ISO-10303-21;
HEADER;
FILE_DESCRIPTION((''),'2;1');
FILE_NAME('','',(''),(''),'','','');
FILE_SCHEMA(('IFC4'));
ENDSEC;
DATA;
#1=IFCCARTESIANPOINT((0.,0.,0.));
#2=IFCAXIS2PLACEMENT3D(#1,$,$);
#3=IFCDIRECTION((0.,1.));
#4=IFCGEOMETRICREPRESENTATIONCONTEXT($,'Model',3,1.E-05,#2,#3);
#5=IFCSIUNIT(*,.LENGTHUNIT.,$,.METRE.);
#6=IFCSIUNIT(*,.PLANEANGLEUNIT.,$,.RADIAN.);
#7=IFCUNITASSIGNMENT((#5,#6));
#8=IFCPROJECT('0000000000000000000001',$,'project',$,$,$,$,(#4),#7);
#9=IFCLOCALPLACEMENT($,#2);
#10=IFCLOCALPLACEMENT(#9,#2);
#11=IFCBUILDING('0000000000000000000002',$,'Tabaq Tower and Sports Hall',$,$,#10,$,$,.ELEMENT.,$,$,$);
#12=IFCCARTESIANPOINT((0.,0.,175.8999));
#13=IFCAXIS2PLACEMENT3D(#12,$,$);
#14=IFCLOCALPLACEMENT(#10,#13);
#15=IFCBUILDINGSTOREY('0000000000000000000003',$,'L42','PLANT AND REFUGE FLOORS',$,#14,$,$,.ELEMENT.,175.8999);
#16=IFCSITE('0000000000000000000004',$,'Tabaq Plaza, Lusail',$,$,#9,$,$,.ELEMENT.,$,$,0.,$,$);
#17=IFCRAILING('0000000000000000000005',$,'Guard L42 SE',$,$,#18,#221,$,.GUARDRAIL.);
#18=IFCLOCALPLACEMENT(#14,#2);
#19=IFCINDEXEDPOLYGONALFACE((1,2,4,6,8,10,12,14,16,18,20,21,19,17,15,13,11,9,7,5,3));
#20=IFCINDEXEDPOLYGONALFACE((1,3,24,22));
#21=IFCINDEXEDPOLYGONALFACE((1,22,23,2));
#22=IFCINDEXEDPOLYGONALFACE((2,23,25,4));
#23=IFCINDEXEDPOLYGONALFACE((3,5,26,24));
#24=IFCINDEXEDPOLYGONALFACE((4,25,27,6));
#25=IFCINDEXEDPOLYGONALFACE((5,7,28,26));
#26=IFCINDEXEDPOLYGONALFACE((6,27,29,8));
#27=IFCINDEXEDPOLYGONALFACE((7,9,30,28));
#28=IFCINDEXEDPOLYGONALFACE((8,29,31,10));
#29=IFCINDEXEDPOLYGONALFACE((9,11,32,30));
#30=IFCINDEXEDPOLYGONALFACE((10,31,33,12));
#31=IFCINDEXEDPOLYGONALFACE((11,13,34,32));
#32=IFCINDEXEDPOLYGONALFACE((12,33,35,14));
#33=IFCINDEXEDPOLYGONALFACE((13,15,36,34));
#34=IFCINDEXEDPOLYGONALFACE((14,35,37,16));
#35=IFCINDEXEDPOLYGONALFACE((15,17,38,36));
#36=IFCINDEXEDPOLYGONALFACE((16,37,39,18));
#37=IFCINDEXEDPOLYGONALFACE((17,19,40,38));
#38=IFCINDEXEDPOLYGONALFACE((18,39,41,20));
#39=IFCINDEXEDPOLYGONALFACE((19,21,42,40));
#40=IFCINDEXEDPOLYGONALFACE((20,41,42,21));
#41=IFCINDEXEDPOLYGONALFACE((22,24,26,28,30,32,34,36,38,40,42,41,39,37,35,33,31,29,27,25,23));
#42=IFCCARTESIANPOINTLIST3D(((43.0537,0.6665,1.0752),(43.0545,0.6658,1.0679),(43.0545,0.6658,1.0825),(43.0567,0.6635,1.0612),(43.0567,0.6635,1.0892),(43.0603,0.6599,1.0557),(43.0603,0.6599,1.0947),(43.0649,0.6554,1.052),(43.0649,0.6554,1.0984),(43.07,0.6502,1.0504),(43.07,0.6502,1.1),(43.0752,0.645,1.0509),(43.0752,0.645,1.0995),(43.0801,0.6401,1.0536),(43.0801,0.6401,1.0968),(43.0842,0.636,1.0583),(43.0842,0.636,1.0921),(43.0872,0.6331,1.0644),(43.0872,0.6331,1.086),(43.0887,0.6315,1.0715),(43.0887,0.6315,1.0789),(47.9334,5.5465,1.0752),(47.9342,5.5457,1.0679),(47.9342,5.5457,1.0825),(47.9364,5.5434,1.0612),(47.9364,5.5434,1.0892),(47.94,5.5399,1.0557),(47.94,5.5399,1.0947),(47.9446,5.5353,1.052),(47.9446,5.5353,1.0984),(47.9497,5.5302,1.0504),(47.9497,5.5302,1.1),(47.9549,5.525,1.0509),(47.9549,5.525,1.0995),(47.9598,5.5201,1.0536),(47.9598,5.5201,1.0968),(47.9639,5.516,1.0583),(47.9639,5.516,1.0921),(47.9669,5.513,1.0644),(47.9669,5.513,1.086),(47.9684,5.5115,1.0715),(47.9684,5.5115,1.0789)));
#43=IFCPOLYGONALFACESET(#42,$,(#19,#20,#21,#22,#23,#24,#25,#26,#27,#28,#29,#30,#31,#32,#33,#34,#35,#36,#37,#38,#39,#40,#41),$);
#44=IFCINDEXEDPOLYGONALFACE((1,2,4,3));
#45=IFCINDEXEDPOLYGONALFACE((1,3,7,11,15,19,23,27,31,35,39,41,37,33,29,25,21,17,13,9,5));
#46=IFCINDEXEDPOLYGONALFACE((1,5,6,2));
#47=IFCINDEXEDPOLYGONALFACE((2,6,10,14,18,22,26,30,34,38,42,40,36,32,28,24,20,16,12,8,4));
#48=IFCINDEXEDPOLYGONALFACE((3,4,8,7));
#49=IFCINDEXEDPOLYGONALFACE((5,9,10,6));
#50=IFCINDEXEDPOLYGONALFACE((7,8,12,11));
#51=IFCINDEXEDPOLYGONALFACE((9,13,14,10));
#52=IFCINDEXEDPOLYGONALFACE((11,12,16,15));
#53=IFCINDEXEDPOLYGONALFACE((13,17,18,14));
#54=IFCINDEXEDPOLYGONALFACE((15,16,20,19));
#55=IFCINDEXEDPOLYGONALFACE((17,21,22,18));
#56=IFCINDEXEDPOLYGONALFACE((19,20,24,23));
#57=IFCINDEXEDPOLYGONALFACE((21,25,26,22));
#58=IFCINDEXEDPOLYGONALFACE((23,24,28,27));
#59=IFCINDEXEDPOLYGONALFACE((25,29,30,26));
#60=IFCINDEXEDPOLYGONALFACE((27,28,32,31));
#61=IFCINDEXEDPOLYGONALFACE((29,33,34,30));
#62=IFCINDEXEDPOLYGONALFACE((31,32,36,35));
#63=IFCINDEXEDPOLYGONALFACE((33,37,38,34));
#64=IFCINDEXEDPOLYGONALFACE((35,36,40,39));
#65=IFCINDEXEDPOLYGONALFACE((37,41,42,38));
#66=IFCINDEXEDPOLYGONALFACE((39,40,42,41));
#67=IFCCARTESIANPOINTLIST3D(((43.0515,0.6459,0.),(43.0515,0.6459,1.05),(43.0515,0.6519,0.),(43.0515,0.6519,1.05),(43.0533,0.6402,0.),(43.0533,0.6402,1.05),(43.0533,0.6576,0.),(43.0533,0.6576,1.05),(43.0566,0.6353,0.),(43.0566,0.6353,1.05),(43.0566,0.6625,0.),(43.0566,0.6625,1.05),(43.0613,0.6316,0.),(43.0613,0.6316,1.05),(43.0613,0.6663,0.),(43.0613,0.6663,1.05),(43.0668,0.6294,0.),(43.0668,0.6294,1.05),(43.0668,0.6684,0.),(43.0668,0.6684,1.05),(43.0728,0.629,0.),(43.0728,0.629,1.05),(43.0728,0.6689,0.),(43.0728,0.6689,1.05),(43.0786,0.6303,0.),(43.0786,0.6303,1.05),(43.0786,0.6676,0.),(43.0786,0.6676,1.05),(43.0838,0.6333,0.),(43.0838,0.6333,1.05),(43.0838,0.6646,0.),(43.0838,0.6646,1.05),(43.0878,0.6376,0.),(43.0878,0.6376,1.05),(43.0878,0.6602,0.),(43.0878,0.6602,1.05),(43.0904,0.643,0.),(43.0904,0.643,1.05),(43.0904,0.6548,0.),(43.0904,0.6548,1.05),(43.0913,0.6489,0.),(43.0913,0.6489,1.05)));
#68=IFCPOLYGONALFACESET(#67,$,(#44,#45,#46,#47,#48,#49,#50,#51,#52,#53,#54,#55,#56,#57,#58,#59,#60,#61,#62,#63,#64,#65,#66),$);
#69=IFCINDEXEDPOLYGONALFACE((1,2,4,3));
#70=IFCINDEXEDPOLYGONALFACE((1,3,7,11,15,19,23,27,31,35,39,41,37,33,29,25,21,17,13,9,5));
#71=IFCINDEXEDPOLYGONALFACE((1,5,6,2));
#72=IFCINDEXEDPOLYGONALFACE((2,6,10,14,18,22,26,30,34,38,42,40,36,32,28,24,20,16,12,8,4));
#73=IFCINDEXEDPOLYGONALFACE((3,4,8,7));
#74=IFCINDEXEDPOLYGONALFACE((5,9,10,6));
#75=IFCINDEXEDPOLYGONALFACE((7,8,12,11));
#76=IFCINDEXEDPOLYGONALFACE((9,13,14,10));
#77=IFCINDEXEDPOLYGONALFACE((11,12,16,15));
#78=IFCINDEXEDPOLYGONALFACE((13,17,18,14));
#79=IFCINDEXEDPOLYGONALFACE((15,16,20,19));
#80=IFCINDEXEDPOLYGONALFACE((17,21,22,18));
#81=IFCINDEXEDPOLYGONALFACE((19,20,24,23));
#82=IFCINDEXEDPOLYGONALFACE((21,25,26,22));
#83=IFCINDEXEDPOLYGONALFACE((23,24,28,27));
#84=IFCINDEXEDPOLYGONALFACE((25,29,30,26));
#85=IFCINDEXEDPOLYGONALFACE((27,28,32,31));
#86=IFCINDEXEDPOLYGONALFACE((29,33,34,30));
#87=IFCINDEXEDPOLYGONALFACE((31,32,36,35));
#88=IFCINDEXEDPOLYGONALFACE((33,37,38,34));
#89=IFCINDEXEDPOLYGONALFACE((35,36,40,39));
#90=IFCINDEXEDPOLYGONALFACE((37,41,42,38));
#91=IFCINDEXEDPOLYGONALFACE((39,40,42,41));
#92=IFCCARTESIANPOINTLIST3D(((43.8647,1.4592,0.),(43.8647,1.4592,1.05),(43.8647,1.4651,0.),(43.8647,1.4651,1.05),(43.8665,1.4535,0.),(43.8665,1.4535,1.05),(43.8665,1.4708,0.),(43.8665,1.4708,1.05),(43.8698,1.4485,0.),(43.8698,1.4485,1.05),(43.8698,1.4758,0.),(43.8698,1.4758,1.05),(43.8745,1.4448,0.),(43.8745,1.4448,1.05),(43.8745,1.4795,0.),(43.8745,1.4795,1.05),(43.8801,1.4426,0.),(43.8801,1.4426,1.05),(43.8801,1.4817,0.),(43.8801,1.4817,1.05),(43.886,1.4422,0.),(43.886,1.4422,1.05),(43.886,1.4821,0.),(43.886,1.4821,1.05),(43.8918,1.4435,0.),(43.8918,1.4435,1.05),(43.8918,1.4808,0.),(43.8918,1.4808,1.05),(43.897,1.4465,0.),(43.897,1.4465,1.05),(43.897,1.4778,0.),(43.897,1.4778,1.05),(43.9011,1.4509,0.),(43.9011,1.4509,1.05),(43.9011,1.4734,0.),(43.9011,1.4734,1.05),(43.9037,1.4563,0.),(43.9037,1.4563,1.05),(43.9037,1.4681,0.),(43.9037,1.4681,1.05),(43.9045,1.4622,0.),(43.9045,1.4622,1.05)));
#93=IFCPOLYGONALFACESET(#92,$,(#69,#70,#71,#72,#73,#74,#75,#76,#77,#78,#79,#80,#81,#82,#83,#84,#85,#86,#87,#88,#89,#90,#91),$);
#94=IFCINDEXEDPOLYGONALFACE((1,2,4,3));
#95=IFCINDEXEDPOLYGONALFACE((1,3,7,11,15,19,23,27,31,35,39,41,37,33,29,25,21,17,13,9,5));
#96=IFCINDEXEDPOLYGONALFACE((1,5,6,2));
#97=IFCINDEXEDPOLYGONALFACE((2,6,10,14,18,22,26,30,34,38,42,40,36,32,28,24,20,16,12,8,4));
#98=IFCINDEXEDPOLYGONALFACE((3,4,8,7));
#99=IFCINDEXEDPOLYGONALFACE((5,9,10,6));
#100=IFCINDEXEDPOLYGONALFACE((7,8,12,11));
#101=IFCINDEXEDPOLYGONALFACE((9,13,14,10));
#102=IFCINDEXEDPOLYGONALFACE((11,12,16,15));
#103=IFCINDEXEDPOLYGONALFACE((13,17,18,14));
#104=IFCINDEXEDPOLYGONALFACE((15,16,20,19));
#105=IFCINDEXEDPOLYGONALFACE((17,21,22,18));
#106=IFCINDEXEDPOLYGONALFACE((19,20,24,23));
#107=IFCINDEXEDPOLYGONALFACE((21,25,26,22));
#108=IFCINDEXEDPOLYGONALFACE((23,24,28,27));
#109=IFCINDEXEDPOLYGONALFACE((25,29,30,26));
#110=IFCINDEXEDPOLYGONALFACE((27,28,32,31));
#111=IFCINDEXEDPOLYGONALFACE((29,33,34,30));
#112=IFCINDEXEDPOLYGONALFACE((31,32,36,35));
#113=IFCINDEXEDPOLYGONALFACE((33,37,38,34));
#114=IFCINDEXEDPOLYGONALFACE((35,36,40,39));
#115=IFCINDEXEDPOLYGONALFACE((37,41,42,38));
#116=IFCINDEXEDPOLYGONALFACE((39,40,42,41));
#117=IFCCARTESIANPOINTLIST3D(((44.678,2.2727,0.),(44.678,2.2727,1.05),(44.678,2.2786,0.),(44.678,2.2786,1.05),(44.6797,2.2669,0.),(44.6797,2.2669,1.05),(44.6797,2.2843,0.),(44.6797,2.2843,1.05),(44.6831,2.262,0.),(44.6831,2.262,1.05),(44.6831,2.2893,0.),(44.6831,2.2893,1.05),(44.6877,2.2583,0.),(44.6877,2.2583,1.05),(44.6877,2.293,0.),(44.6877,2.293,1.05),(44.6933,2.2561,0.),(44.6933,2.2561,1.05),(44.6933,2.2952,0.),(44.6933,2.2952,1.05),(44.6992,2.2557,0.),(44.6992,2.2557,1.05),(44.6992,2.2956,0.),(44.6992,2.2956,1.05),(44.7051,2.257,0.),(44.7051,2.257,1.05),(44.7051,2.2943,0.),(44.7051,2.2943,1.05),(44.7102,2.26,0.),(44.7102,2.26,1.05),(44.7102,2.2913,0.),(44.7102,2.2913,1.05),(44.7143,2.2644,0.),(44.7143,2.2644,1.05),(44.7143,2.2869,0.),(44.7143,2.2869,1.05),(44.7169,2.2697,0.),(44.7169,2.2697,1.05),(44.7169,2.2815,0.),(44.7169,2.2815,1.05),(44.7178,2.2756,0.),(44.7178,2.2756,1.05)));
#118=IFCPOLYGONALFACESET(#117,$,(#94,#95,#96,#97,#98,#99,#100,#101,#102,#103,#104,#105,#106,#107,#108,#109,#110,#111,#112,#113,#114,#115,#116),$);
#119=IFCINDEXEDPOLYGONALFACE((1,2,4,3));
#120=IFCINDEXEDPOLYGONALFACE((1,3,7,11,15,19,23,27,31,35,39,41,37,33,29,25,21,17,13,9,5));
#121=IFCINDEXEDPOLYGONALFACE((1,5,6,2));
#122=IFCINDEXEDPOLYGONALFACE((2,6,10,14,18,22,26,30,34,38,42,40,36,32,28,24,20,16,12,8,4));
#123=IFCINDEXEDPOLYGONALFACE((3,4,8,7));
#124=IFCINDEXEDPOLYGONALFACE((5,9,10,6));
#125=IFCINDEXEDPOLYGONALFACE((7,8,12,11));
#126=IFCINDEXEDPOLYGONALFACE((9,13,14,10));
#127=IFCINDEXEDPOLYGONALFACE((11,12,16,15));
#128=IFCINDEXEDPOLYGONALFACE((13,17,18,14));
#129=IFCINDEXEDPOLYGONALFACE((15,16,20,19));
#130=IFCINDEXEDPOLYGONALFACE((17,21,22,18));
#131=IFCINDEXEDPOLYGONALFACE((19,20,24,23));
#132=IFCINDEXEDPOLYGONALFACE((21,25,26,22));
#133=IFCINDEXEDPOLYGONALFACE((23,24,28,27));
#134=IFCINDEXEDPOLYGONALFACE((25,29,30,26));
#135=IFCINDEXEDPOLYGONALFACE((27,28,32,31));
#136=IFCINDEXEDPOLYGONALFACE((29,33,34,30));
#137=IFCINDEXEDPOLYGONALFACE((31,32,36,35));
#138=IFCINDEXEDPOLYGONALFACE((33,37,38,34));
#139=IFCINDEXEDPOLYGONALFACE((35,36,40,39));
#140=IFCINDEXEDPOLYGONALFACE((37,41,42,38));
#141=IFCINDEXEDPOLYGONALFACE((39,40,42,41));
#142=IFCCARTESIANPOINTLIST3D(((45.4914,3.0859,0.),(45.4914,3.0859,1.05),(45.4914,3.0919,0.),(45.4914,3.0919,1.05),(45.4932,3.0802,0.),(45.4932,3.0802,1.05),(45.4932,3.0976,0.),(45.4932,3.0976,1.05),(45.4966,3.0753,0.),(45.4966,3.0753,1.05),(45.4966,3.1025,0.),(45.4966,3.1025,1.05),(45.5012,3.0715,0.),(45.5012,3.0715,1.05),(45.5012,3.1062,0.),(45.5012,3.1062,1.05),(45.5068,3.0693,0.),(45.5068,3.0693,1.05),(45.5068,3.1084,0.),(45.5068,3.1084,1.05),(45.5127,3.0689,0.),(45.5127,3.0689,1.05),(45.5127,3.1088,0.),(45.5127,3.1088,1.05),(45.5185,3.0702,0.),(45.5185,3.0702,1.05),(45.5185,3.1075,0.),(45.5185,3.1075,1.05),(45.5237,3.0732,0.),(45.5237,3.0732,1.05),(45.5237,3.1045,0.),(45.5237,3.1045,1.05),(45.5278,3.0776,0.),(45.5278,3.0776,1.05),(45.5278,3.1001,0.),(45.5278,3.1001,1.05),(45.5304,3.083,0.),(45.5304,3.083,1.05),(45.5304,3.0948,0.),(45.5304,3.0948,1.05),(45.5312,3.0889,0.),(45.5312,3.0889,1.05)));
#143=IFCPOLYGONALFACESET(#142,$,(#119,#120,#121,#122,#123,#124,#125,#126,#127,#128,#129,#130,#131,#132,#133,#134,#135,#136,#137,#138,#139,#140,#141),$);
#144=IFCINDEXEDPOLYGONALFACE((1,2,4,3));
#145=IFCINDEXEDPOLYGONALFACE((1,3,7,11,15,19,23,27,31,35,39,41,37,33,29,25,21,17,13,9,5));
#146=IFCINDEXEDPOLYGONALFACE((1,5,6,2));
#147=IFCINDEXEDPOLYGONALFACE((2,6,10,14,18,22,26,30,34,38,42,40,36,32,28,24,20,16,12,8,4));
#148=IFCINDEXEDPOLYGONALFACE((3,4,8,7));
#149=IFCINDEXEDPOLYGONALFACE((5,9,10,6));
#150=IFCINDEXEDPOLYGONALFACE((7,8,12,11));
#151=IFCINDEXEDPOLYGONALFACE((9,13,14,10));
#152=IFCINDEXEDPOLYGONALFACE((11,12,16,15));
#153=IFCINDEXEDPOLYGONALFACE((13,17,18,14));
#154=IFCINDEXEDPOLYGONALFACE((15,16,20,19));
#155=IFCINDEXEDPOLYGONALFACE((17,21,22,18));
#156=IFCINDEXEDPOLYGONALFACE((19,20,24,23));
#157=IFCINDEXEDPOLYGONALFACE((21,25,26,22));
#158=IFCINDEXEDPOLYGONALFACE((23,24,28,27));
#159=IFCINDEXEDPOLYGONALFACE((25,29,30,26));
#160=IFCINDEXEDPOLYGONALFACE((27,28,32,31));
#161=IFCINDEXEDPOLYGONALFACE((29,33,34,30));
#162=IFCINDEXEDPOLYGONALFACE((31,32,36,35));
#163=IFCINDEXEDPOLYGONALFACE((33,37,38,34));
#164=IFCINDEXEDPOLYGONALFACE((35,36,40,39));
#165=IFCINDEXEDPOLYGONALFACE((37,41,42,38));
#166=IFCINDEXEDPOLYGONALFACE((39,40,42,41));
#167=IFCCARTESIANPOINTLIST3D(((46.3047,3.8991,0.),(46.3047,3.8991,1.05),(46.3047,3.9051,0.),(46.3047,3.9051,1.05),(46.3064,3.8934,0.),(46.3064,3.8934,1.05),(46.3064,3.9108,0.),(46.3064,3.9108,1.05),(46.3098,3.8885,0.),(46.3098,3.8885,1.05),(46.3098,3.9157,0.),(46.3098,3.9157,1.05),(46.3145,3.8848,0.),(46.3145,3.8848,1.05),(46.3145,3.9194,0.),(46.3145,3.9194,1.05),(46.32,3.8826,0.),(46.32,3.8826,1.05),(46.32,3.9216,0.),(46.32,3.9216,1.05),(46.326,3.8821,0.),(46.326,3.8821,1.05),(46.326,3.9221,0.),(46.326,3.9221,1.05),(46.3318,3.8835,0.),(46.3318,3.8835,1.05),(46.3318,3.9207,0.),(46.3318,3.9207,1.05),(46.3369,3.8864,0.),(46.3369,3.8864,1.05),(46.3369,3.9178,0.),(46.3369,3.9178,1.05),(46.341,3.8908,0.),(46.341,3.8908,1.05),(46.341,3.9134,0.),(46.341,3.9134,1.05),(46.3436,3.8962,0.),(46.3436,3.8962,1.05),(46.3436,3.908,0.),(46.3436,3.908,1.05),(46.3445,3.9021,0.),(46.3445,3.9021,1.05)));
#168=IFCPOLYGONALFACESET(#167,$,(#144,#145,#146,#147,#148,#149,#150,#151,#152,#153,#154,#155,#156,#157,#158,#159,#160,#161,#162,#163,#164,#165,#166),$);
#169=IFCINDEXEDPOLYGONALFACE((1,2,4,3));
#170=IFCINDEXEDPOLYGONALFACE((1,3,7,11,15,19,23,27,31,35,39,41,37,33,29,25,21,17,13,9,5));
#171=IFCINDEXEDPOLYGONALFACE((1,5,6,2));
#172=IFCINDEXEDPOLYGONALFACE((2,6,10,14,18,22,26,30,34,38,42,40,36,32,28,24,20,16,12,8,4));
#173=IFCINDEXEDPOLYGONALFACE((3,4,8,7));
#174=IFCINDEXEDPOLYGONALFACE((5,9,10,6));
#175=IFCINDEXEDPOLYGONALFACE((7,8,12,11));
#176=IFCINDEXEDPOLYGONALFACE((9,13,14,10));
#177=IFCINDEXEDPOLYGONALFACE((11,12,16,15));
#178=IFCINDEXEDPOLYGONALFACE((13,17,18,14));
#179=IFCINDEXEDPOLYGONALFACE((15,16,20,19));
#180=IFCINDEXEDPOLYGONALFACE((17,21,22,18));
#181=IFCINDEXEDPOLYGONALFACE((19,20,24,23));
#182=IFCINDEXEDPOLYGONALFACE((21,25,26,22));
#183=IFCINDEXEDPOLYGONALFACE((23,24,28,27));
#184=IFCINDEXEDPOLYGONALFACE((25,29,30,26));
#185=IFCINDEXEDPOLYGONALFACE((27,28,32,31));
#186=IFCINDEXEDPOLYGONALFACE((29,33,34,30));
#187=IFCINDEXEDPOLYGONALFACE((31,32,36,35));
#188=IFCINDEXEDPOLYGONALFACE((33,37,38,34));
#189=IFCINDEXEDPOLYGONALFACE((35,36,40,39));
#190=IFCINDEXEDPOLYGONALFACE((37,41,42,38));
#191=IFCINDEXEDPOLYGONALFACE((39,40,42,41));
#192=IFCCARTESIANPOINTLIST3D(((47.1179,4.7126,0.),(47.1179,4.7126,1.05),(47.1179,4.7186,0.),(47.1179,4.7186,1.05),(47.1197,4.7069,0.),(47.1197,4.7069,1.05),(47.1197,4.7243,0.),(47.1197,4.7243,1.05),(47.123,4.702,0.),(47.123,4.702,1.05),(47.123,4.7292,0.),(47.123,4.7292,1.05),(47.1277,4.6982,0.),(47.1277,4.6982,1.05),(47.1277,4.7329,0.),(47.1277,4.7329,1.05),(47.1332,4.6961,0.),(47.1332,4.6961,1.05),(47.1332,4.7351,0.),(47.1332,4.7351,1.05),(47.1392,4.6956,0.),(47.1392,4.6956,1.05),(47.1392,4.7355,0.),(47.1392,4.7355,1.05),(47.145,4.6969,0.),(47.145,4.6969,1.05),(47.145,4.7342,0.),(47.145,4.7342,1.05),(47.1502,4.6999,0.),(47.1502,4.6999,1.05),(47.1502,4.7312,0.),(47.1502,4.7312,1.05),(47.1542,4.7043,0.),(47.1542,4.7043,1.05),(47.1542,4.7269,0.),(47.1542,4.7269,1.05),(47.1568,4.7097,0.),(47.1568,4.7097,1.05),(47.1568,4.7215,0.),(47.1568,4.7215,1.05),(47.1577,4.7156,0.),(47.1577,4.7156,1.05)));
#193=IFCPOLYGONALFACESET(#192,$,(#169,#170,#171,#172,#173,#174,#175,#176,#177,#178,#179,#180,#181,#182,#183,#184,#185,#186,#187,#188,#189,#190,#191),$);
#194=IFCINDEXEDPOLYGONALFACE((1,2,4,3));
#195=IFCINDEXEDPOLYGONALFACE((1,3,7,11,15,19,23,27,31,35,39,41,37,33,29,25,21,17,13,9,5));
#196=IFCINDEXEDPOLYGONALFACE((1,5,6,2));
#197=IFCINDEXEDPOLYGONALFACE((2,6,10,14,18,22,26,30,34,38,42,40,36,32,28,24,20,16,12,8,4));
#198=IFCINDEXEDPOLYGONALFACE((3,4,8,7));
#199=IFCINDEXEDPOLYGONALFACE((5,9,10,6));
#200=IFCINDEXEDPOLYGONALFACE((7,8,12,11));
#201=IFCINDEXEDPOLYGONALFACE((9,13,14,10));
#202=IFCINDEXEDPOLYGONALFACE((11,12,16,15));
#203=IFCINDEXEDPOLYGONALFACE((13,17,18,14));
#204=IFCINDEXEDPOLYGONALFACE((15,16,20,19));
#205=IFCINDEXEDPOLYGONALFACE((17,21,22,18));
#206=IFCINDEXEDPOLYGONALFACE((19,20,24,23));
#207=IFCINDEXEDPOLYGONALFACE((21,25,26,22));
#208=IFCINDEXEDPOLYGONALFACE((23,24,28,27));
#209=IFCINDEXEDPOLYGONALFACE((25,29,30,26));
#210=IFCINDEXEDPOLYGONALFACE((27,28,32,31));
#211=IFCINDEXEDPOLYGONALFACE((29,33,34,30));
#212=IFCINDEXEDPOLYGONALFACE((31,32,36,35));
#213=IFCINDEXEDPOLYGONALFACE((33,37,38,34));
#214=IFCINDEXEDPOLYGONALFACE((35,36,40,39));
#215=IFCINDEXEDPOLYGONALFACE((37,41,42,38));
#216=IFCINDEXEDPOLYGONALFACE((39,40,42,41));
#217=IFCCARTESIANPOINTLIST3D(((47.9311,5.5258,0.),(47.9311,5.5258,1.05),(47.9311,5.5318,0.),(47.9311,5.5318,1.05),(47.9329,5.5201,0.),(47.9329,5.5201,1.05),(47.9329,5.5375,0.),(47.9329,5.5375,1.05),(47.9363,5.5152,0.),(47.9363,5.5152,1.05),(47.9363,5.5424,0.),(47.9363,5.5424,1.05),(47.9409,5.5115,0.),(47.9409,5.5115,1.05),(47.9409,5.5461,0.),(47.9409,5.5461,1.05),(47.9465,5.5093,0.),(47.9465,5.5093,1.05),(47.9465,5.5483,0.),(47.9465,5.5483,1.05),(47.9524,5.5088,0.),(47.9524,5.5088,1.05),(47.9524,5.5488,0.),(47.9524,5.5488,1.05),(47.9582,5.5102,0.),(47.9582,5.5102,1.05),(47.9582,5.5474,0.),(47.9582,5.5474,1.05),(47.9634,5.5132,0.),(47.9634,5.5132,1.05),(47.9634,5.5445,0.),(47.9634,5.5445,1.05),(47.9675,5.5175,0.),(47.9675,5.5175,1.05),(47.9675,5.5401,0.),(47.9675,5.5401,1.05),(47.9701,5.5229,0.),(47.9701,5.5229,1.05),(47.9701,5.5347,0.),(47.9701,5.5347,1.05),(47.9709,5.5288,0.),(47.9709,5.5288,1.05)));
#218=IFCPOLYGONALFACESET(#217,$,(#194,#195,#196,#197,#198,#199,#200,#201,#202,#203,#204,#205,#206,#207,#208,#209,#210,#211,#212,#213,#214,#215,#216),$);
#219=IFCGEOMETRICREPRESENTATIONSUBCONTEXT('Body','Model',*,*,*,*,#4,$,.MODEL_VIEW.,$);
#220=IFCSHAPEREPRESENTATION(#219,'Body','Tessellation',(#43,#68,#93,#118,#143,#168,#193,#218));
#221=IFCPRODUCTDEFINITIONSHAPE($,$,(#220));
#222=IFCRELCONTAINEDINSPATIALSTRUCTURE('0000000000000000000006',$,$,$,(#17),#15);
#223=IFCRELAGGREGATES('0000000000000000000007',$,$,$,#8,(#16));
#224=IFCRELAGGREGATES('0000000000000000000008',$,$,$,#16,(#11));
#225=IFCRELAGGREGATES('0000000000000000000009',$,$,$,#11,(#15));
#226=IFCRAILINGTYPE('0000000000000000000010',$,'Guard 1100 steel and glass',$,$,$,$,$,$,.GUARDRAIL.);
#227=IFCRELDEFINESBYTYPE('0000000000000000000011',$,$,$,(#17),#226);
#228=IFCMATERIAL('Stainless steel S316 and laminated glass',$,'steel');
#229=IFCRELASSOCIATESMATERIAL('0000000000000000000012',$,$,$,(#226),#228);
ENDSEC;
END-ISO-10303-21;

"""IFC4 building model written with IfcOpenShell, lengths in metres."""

from ifc_helpers import new_model, si_unit, direction, frame, origin, origin_2d, place, context, subcontext, project, spatial, circle, extrude, material, type_object, element, save


model = new_model("IFC4")

# Units and contexts
model_context = context("Model", 3, precision=1e-05, world=origin(), true_north=direction((0.0, 1.0)))
body_context = subcontext(model_context, "Body", "Model", "MODEL_VIEW")
ifc_project = project(units=[si_unit("LENGTHUNIT", "METRE"), si_unit("PLANEANGLEUNIT", "RADIAN")], contexts=[model_context])

# Site, building, storey
site_placement = place(None, origin())
site = spatial("IfcSite", under=ifc_project, at=site_placement, Name="Tabaq Plaza, Lusail", CompositionType="ELEMENT", RefElevation=0.0)
building_placement = place(site_placement, origin())
building = spatial("IfcBuilding", under=site, at=building_placement, Name="Tabaq Tower and Sports Hall", CompositionType="ELEMENT")
storey_placement = place(building_placement, frame((0.0, 0.0, 175.8999)))
storey = spatial("IfcBuildingStorey", under=building, at=storey_placement, Name="L42", Description="PLANT AND REFUGE FLOORS", CompositionType="ELEMENT", Elevation=175.8999)

# Railing
ifc_material_1 = material(Name="Stainless steel S316 and laminated glass", Category="steel")
railing_type = type_object("IfcRailingType", Name="Guard 1100 steel and glass", PredefinedType="GUARDRAIL", material=ifc_material_1)
railing_1_placement = place(storey_placement, frame((43.0713, 0.6489, 0.0)))
element("IfcRailing", 1, at=railing_1_placement, inside=storey, type_object=railing_type, Name="Guard L42 SE", PredefinedType="GUARDRAIL", context=body_context, shape_type="SweptSolid", body=[
    extrude(circle(Radius=0.0249, at=origin_2d()), frame((0.0, 0.0, 1.0752), z_axis=(0.707089, 0.707124, 0.0), x_axis=(-0.707124, 0.707089, 0.0)), (0.0, 0.0, 1.0), 6.9011),
    extrude(circle(Radius=0.02, at=origin_2d()), origin(), (0.0, 0.0, 1.0), 1.05),
    extrude(circle(Radius=0.02, at=origin_2d()), frame((0.8132, 0.8132, 0.0)), (0.0, 0.0, 1.0), 1.05),
    extrude(circle(Radius=0.02, at=origin_2d()), frame((1.6265, 1.6267, 0.0)), (0.0, 0.0, 1.0), 1.05),
    extrude(circle(Radius=0.02, at=origin_2d()), frame((2.4399, 2.4399, 0.0)), (0.0, 0.0, 1.0), 1.05),
    extrude(circle(Radius=0.02, at=origin_2d()), frame((3.2532, 3.2532, 0.0)), (0.0, 0.0, 1.0), 1.05),
    extrude(circle(Radius=0.02, at=origin_2d()), frame((4.0664, 4.0667, 0.0)), (0.0, 0.0, 1.0), 1.05),
    extrude(circle(Radius=0.02, at=origin_2d()), frame((4.8796, 4.8799, 0.0)), (0.0, 0.0, 1.0), 1.05),
])

save(model, "model.ifc")
